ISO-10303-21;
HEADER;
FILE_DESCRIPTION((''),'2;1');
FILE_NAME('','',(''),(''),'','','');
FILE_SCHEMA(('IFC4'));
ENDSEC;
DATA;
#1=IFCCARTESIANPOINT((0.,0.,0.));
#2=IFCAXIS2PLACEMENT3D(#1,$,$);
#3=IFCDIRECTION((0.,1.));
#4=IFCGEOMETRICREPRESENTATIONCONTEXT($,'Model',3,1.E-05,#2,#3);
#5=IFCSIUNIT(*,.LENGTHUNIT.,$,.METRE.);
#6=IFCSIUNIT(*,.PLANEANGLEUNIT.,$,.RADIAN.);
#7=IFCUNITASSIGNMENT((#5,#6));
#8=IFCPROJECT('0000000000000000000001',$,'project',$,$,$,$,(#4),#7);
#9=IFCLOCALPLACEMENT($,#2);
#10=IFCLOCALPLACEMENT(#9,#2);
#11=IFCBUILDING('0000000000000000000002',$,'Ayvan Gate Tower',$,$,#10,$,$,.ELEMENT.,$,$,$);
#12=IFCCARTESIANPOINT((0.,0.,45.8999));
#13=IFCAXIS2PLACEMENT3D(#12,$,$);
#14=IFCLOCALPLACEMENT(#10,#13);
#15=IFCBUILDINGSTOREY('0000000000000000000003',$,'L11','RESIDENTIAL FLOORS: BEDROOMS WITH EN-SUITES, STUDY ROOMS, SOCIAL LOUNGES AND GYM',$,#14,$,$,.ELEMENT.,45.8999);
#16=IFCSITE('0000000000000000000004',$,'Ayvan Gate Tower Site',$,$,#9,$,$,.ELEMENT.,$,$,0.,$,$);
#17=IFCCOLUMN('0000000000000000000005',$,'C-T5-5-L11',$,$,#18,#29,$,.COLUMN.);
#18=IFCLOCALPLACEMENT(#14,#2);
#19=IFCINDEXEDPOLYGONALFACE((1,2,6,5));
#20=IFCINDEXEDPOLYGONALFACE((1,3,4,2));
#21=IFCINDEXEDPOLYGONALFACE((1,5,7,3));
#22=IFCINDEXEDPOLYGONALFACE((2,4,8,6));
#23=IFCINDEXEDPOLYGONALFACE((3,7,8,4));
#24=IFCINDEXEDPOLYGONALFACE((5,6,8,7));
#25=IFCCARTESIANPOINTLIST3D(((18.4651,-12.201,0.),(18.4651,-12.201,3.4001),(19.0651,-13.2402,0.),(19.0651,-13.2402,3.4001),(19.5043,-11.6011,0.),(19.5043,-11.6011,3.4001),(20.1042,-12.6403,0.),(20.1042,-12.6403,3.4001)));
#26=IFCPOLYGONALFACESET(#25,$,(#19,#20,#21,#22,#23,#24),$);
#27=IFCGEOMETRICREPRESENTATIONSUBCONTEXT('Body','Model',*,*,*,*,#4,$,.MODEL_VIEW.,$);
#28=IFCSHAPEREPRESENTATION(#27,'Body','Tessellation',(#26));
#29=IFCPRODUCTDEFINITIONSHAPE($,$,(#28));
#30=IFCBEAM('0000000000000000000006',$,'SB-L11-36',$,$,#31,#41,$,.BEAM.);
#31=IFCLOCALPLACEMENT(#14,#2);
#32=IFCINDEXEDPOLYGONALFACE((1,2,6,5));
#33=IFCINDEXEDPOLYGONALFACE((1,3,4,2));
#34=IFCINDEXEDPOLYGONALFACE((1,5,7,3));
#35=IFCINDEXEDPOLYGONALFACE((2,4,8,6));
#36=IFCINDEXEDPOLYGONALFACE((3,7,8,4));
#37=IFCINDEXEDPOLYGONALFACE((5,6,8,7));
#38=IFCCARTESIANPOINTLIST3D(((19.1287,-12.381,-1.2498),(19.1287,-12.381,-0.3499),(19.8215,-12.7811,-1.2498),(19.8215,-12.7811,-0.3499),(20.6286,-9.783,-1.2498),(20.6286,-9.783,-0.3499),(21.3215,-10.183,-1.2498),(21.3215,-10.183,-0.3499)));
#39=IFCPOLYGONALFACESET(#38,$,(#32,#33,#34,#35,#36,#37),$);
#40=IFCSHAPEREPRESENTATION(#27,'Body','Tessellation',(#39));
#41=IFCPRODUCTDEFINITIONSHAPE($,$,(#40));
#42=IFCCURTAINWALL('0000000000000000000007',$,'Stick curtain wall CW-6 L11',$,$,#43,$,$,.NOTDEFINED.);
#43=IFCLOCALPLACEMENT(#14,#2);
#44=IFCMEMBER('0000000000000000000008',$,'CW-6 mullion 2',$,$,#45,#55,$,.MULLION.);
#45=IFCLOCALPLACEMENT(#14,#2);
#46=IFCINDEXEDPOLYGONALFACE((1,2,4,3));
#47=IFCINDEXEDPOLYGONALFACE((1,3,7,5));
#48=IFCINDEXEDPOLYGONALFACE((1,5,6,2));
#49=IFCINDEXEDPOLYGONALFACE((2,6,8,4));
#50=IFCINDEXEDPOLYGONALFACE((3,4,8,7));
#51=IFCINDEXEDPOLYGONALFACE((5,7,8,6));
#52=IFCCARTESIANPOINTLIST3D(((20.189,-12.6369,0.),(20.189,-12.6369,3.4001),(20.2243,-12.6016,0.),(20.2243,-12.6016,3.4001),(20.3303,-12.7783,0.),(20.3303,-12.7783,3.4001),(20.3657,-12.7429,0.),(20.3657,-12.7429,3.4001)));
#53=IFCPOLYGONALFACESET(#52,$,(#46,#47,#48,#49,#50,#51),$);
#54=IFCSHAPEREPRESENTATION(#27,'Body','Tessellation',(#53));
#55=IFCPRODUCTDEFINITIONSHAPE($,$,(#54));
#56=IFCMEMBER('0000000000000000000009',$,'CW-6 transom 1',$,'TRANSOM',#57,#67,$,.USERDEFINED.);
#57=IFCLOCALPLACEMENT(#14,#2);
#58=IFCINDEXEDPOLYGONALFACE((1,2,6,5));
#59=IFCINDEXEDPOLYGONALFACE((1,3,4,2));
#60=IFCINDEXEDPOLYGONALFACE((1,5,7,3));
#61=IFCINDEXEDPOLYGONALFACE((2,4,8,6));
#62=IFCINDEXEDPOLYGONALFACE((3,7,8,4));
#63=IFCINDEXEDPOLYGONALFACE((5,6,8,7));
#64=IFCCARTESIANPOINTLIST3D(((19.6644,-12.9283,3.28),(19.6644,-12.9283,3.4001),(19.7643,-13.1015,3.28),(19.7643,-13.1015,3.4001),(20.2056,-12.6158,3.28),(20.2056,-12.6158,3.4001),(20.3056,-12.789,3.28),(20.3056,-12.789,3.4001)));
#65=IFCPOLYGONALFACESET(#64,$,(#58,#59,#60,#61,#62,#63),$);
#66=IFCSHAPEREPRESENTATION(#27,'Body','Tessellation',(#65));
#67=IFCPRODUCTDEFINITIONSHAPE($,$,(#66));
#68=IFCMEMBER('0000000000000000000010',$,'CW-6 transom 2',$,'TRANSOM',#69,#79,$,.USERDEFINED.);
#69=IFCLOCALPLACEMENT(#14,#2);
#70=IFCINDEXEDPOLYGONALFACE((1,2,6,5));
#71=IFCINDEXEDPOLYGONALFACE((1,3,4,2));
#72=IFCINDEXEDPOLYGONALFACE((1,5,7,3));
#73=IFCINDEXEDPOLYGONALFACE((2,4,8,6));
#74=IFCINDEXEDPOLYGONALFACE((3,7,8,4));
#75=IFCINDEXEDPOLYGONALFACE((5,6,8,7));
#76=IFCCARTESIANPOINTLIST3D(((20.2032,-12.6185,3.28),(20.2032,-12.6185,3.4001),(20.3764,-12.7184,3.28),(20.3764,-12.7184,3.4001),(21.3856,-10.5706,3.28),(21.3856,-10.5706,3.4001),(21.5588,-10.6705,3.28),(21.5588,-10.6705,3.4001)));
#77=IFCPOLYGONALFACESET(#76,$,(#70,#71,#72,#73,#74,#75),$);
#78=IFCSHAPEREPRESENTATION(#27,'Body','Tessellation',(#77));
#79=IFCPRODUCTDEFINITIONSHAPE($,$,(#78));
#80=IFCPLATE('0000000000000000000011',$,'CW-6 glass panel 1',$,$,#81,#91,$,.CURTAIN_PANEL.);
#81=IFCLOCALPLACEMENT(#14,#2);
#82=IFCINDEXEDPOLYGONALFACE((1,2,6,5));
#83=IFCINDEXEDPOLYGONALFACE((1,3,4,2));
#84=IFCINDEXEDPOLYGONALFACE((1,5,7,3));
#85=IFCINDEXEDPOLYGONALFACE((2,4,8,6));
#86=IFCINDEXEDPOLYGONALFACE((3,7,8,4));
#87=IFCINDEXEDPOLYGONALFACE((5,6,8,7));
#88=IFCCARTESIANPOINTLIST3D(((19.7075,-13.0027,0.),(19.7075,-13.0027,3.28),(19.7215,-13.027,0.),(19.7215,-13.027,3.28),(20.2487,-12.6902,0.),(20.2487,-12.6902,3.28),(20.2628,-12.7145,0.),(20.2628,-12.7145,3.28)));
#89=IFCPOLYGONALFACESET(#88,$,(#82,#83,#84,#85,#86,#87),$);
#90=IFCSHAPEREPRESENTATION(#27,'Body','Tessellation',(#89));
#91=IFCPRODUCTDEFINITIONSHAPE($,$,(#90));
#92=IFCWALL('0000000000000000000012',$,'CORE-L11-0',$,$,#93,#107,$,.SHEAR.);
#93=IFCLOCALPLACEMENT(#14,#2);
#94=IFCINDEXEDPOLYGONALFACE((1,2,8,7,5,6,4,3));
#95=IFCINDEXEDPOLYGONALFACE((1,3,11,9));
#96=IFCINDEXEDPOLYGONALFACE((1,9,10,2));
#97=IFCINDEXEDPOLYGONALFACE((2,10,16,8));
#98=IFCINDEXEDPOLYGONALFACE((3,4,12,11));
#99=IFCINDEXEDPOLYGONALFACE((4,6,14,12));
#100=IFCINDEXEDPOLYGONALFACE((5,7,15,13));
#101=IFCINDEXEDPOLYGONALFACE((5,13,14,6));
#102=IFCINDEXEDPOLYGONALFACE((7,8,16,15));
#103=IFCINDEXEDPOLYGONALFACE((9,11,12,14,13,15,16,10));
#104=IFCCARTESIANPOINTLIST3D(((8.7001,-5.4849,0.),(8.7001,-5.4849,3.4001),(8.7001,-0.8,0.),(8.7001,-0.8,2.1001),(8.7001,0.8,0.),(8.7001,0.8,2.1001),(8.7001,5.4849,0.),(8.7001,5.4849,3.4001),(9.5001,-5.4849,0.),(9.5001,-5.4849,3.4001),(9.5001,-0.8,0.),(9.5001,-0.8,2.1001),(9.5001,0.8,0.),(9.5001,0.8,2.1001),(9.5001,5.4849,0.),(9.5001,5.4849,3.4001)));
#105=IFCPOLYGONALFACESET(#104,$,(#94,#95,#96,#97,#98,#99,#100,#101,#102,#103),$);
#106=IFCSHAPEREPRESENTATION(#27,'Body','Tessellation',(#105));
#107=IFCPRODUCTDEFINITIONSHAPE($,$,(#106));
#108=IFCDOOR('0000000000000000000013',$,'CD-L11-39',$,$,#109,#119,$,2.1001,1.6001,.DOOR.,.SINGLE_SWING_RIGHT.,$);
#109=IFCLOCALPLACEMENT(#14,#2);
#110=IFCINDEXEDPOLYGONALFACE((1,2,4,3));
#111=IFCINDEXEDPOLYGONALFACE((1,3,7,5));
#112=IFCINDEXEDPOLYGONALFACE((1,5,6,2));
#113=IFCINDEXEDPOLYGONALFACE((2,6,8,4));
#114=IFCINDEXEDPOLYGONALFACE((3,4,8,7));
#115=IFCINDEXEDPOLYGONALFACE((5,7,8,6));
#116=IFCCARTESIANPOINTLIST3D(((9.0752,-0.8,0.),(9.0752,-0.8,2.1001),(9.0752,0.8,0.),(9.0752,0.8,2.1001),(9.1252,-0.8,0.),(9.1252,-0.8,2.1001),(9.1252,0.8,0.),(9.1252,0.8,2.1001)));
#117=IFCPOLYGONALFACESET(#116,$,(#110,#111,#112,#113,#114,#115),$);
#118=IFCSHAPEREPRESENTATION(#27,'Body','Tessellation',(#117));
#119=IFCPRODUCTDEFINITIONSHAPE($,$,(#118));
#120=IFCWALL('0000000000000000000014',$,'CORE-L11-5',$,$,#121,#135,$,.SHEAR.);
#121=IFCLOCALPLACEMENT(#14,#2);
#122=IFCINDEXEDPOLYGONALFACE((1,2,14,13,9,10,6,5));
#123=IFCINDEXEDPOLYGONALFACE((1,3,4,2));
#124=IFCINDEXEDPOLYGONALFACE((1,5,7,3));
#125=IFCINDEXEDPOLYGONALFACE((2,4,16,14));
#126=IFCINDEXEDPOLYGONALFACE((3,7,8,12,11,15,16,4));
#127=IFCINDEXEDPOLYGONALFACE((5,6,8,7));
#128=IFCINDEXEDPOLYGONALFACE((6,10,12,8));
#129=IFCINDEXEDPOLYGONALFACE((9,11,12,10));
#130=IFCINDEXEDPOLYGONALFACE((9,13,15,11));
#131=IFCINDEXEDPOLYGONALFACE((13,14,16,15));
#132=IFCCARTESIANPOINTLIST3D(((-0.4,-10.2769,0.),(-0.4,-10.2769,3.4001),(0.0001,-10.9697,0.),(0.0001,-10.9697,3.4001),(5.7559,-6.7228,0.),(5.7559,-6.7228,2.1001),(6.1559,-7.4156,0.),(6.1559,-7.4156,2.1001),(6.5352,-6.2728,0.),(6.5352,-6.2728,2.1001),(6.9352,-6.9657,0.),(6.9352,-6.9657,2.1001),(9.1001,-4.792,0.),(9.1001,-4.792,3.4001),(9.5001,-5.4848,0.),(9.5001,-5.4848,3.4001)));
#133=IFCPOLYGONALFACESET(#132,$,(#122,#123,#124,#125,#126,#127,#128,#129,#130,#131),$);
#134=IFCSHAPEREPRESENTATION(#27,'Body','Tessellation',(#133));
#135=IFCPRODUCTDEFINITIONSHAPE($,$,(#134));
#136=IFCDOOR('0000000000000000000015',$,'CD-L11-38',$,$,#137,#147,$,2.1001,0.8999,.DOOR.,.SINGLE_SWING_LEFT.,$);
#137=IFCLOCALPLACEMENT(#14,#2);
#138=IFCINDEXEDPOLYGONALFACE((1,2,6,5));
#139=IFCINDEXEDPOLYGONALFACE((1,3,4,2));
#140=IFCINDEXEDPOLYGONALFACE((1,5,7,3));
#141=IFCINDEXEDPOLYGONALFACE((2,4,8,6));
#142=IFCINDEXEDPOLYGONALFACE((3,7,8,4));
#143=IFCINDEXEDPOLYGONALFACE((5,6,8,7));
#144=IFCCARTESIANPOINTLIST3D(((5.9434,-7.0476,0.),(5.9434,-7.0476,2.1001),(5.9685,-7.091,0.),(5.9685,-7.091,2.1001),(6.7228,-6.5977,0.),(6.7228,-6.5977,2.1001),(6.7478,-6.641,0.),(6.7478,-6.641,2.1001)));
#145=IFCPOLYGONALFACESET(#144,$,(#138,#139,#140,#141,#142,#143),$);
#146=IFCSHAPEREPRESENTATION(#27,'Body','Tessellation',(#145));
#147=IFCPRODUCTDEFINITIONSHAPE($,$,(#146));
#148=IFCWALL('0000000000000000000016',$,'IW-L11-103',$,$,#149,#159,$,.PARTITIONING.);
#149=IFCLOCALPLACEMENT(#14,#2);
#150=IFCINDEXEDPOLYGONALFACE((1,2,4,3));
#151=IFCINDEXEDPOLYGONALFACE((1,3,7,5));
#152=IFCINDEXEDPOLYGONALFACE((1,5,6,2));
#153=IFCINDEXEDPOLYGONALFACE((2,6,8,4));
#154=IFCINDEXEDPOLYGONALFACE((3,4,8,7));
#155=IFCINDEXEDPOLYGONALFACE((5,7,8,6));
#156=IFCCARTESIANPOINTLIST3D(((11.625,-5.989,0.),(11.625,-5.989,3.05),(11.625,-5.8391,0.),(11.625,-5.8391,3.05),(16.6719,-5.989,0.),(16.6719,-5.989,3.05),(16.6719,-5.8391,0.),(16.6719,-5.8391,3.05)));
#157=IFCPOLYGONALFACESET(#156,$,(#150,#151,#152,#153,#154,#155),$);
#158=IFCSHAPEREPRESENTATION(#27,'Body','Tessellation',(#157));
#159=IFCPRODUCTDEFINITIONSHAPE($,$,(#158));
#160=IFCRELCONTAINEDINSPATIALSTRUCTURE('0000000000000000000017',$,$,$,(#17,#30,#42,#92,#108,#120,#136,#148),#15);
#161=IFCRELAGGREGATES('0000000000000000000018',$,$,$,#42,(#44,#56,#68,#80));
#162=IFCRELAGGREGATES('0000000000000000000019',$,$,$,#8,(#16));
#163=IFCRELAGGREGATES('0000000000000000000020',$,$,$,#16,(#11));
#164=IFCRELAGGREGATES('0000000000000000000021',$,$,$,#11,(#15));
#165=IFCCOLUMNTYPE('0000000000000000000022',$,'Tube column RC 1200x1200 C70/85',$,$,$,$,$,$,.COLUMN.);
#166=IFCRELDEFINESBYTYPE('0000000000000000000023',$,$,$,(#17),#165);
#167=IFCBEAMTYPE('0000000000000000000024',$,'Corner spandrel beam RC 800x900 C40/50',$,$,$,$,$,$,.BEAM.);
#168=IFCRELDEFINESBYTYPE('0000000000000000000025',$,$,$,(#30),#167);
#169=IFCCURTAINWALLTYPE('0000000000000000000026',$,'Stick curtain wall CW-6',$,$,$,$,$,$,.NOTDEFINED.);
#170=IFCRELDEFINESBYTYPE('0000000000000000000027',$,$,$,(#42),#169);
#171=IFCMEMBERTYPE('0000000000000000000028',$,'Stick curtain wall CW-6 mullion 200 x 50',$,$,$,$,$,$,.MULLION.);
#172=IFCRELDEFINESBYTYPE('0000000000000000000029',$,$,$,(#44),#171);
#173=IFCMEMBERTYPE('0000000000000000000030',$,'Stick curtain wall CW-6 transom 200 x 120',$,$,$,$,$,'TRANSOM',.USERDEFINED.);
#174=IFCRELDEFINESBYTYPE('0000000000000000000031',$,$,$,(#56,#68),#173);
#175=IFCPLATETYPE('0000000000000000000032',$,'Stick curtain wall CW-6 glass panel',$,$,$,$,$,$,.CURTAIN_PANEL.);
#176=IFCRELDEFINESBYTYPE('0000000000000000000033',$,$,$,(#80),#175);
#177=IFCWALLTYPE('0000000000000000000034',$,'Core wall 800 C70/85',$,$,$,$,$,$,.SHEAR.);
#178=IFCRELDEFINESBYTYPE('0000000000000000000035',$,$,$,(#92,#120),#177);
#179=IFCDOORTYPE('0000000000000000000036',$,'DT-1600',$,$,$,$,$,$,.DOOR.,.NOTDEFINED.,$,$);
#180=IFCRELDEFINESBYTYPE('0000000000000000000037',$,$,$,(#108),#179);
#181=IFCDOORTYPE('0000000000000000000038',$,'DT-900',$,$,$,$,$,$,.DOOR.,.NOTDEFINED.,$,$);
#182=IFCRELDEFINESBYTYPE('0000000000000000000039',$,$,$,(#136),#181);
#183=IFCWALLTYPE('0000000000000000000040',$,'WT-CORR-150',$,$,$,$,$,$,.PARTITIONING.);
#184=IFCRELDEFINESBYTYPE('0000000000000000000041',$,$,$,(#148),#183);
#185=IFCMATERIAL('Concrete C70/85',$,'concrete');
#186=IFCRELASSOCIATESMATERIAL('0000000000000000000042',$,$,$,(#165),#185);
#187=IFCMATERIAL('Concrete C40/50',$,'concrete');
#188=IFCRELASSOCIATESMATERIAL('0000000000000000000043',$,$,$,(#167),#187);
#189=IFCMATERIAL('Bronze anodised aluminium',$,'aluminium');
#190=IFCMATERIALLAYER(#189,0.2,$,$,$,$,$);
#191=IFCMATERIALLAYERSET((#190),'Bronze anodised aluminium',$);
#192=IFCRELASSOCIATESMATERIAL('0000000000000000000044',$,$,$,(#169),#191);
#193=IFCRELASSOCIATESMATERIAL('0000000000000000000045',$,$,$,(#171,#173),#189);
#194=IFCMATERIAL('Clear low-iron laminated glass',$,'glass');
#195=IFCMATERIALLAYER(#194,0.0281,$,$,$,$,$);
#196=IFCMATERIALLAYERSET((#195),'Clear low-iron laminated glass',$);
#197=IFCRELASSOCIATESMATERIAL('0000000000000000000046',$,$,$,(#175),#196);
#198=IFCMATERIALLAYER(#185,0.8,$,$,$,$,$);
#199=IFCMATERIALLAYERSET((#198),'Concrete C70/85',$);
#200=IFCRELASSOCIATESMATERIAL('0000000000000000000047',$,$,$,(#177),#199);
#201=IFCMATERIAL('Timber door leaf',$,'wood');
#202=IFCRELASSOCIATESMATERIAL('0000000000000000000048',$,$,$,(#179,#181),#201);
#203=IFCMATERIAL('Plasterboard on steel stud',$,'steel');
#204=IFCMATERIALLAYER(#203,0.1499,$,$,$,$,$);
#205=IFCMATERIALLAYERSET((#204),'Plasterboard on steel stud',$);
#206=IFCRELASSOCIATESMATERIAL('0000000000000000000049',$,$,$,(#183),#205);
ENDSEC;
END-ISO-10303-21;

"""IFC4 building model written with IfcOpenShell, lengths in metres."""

from ifc_helpers import new_model, si_unit, direction, frame, frame_2d, origin, origin_2d, place, context, subcontext, project, spatial, rectangle, extrude, material, layer, layer_set, material_profile, profile_set, type_object, element, fill, aggregate, save


model = new_model("IFC4")

# Units and contexts
model_context = context("Model", 3, precision=1e-05, world=origin(), true_north=direction((0.0, 1.0)))
body_context = subcontext(model_context, "Body", "Model", "MODEL_VIEW")
ifc_project = project(units=[si_unit("LENGTHUNIT", "METRE"), si_unit("PLANEANGLEUNIT", "RADIAN")], contexts=[model_context])

# Site, building, storey
site_placement = place(None, origin())
site = spatial("IfcSite", under=ifc_project, at=site_placement, Name="Ayvan Gate Tower Site", CompositionType="ELEMENT", RefElevation=0.0)
building_placement = place(site_placement, origin())
building = spatial("IfcBuilding", under=site, at=building_placement, Name="Ayvan Gate Tower", CompositionType="ELEMENT")
storey_placement = place(building_placement, frame((0.0, 0.0, 45.8999)))
storey = spatial("IfcBuildingStorey", under=building, at=storey_placement, Name="L11", Description="RESIDENTIAL FLOORS: BEDROOMS WITH EN-SUITES, STUDY ROOMS, SOCIAL LOUNGES AND GYM", CompositionType="ELEMENT", Elevation=45.8999)

# Column
ifc_material_1 = material(Name="Concrete C70/85", Category="concrete")
ifc_material_profile_1 = material_profile(ifc_material_1, rectangle(XDim=1.2, YDim=1.2, at=origin_2d()), Name="RC 1200x1200")
ifc_profile_set_1 = profile_set([ifc_material_profile_1], Name="Concrete C70/85")
column_type = type_object("IfcColumnType", Name="Tube column RC 1200x1200 C70/85", PredefinedType="COLUMN", material=ifc_profile_set_1)
column_placement = place(storey_placement, frame((19.2847, -12.4207, 0.0), z_axis=(0.0, 0.0, 1.0), x_axis=(0.5, -0.866025, 0.0)))
element("IfcColumn", 1, at=column_placement, inside=storey, type_object=column_type, Name="C-T5-5-L11", PredefinedType="COLUMN", context=body_context, shape_type="SweptSolid", body=[
    extrude(rectangle(XDim=1.2, YDim=1.2, at=origin_2d()), origin(), (0.0, 0.0, 1.0), 3.4001),
])

# Beam
ifc_material_2 = material(Name="Concrete C40/50", Category="concrete")
ifc_material_profile_2 = material_profile(ifc_material_2, rectangle(XDim=0.8, YDim=0.8999, at=origin_2d()), Name="RC 800x900")
ifc_profile_set_2 = profile_set([ifc_material_profile_2], Name="Concrete C40/50")
beam_type = type_object("IfcBeamType", Name="Corner spandrel beam RC 800x900 C40/50", PredefinedType="BEAM", material=ifc_profile_set_2)
beam_placement = place(storey_placement, frame((19.4751, -12.5811, -0.7998), z_axis=(0.49999, 0.866031, 0.0), x_axis=(-0.866031, 0.49999, 0.0)))
element("IfcBeam", 2, at=beam_placement, inside=storey, type_object=beam_type, Name="SB-L11-36", PredefinedType="BEAM", context=body_context, shape_type="SweptSolid", body=[
    extrude(rectangle(XDim=0.8, YDim=0.8999, at=origin_2d()), origin(), (0.0, 0.0, 1.0), 3.0),
])

# Curtain wall, members, plate
ifc_material_3 = material(Name="Bronze anodised aluminium", Category="aluminium")
ifc_layer_1 = layer(ifc_material_3, 0.2)
ifc_layer_set_1 = layer_set([ifc_layer_1], Name="Bronze anodised aluminium")
curtain_wall_type = type_object("IfcCurtainWallType", Name="Stick curtain wall CW-6", PredefinedType="NOTDEFINED", material=ifc_layer_set_1)
curtain_wall_placement = place(storey_placement, origin())
curtain_wall = element("IfcCurtainWall", 3, at=curtain_wall_placement, inside=storey, type_object=curtain_wall_type, Name="Stick curtain wall CW-6 L11", PredefinedType="NOTDEFINED")
ifc_material_profile_3 = material_profile(ifc_material_3, rectangle(XDim=0.2, YDim=0.05, at=origin_2d()), Name="Stick curtain wall CW-6 mullion 200 x 50")
ifc_profile_set_3 = profile_set([ifc_material_profile_3], Name="Bronze anodised aluminium")
member_type_1 = type_object("IfcMemberType", Name="Stick curtain wall CW-6 mullion 200 x 50", PredefinedType="MULLION", material=ifc_profile_set_3)
member_1_placement = place(storey_placement, frame((20.2773, -12.6899, 0.0), z_axis=(0.0, 0.0, 1.0), x_axis=(0.707107, -0.707107, 0.0)))
member_1 = element("IfcMember", 4, at=member_1_placement, type_object=member_type_1, Name="CW-6 mullion 2", PredefinedType="MULLION", context=body_context, shape_type="SweptSolid", body=[
    extrude(rectangle(XDim=0.2, YDim=0.05, at=origin_2d()), origin(), (0.0, 0.0, 1.0), 3.4001),
])
ifc_material_profile_4 = material_profile(ifc_material_3, rectangle(XDim=0.2, YDim=0.1201, at=origin_2d()), Name="Stick curtain wall CW-6 transom 200 x 120")
ifc_profile_set_4 = profile_set([ifc_material_profile_4], Name="Bronze anodised aluminium")
member_type_2 = type_object("IfcMemberType", Name="Stick curtain wall CW-6 transom 200 x 120", ElementType="TRANSOM", PredefinedType="USERDEFINED", material=ifc_profile_set_4)
member_2_placement = place(storey_placement, frame((19.7144, -13.0149, 3.3401), z_axis=(0.866023, 0.500004, 0.0), x_axis=(-0.500004, 0.866023, 0.0)))
member_2 = element("IfcMember", 5, at=member_2_placement, type_object=member_type_2, Name="CW-6 transom 1", ObjectType="TRANSOM", PredefinedType="USERDEFINED", context=body_context, shape_type="SweptSolid", body=[
    extrude(rectangle(XDim=0.2, YDim=0.1201, at=origin_2d()), origin(), (0.0, 0.0, 1.0), 0.625),
])
member_3_placement = place(storey_placement, frame((20.2898, -12.6685, 3.3401), z_axis=(0.500014, 0.866017, 0.0), x_axis=(-0.866017, 0.500014, 0.0)))
member_3 = element("IfcMember", 6, at=member_3_placement, type_object=member_type_2, Name="CW-6 transom 2", ObjectType="TRANSOM", PredefinedType="USERDEFINED", context=body_context, shape_type="SweptSolid", body=[
    extrude(rectangle(XDim=0.2, YDim=0.1201, at=origin_2d()), origin(), (0.0, 0.0, 1.0), 2.3647),
])
ifc_material_4 = material(Name="Clear low-iron laminated glass", Category="glass")
ifc_layer_2 = layer(ifc_material_4, 0.0281)
ifc_layer_set_2 = layer_set([ifc_layer_2], Name="Clear low-iron laminated glass")
plate_type = type_object("IfcPlateType", Name="Stick curtain wall CW-6 glass panel", PredefinedType="CURTAIN_PANEL", material=ifc_layer_set_2)
plate_placement = place(storey_placement, frame((19.9851, -12.8586, 0.0), z_axis=(0.0, 0.0, 1.0), x_axis=(0.866025, 0.5, 0.0)))
plate = element("IfcPlate", 7, at=plate_placement, type_object=plate_type, Name="CW-6 glass panel 1", PredefinedType="CURTAIN_PANEL", context=body_context, shape_type="SweptSolid", body=[
    extrude(rectangle(XDim=0.625, YDim=0.0281, at=origin_2d()), origin(), (0.0, 0.0, 1.0), 3.28),
])
aggregate(curtain_wall, [member_1, member_2, member_3, plate])

# Walls, openings, doors
ifc_layer_3 = layer(ifc_material_1, 0.8)
ifc_layer_set_3 = layer_set([ifc_layer_3], Name="Concrete C70/85")
wall_type_1 = type_object("IfcWallType", Name="Core wall 800 C70/85", PredefinedType="SHEAR", material=ifc_layer_set_3)
wall_1_placement = place(storey_placement, frame((9.1001, -5.4849, 0.0), z_axis=(0.0, 0.0, 1.0), x_axis=(0.0, 1.0, 0.0)))
wall_1 = element("IfcWall", 8, at=wall_1_placement, inside=storey, type_object=wall_type_1, Name="CORE-L11-0", PredefinedType="SHEAR", context=body_context, shape_type="SweptSolid", body=[
    extrude(rectangle(XDim=10.9697, YDim=0.8, at=frame_2d((5.4849, 0.0))), origin(), (0.0, 0.0, 1.0), 3.4001),
])
opening_1_placement = place(wall_1_placement, frame((4.6848, 0.0, 0.0)))
opening_1 = element("IfcOpeningElement", 9, at=opening_1_placement, cuts=wall_1, PredefinedType="OPENING", context=body_context, shape_type="SweptSolid", body=[
    extrude(rectangle(XDim=1.6001, YDim=2.1001, at=frame_2d((0.8, 1.05))), frame((0.0, 0.4099, 0.0), z_axis=(0.0, -1.0, 0.0), x_axis=(1.0, 0.0, 0.0)), (0.0, 0.0, 1.0), 0.8201),
])
ifc_material_5 = material(Name="Timber door leaf", Category="wood")
door_type_1 = type_object("IfcDoorType", Name="DT-1600", OperationType="NOTDEFINED", PredefinedType="DOOR", material=ifc_material_5)
door_1_placement = place(opening_1_placement, origin())
door_1 = element("IfcDoor", 10, at=door_1_placement, inside=storey, type_object=door_type_1, Name="CD-L11-39", OperationType="SINGLE_SWING_RIGHT", OverallHeight=2.1001, OverallWidth=1.6001, PredefinedType="DOOR", context=body_context, shape_type="SweptSolid", body=[
    extrude(rectangle(XDim=1.6001, YDim=2.1001, at=frame_2d((0.8, 1.05))), frame((0.0, 0.0249, 0.0), z_axis=(0.0, -1.0, 0.0), x_axis=(1.0, 0.0, 0.0)), (0.0, 0.0, 1.0), 0.05),
])
fill(opening_1, door_1)
wall_2_placement = place(storey_placement, frame((-0.2, -10.6233, 0.0), z_axis=(0.0, 0.0, 1.0), x_axis=(0.866024, 0.500002, 0.0)))
wall_2 = element("IfcWall", 11, at=wall_2_placement, inside=storey, type_object=wall_type_1, Name="CORE-L11-5", PredefinedType="SHEAR", context=body_context, shape_type="SweptSolid", body=[
    extrude(rectangle(XDim=10.9697, YDim=0.8, at=frame_2d((5.4849, 0.0))), origin(), (0.0, 0.0, 1.0), 3.4001),
])
opening_2_placement = place(wall_2_placement, frame((7.1082, 0.0, 0.0)))
opening_2 = element("IfcOpeningElement", 12, at=opening_2_placement, cuts=wall_2, PredefinedType="OPENING", context=body_context, shape_type="SweptSolid", body=[
    extrude(rectangle(XDim=0.8999, YDim=2.1001, at=frame_2d((0.45, 1.05))), frame((0.0, 0.4099, 0.0), z_axis=(0.0, -1.0, 0.0), x_axis=(1.0, 0.0, 0.0)), (0.0, 0.0, 1.0), 0.8201),
])
door_type_2 = type_object("IfcDoorType", Name="DT-900", OperationType="NOTDEFINED", PredefinedType="DOOR", material=ifc_material_5)
door_2_placement = place(opening_2_placement, origin())
door_2 = element("IfcDoor", 13, at=door_2_placement, inside=storey, type_object=door_type_2, Name="CD-L11-38", OperationType="SINGLE_SWING_LEFT", OverallHeight=2.1001, OverallWidth=0.8999, PredefinedType="DOOR", context=body_context, shape_type="SweptSolid", body=[
    extrude(rectangle(XDim=0.8999, YDim=2.1001, at=frame_2d((0.45, 1.05))), frame((0.0, 0.0249, 0.0), z_axis=(0.0, -1.0, 0.0), x_axis=(1.0, 0.0, 0.0)), (0.0, 0.0, 1.0), 0.05),
])
fill(opening_2, door_2)

# Wall
ifc_material_6 = material(Name="Plasterboard on steel stud", Category="steel")
ifc_layer_4 = layer(ifc_material_6, 0.1499)
ifc_layer_set_4 = layer_set([ifc_layer_4], Name="Plasterboard on steel stud")
wall_type_2 = type_object("IfcWallType", Name="WT-CORR-150", PredefinedType="PARTITIONING", material=ifc_layer_set_4)
wall_3_placement = place(storey_placement, frame((11.625, -5.9141, 0.0), z_axis=(0.0, 0.0, 1.0), x_axis=(1.0, 0.0, 0.0)))
element("IfcWall", 14, at=wall_3_placement, inside=storey, type_object=wall_type_2, Name="IW-L11-103", PredefinedType="PARTITIONING", context=body_context, shape_type="SweptSolid", body=[
    extrude(rectangle(XDim=5.0469, YDim=0.1499, at=frame_2d((2.5234, 0.0))), origin(), (0.0, 0.0, 1.0), 3.05),
])

save(model, "model.ifc")
